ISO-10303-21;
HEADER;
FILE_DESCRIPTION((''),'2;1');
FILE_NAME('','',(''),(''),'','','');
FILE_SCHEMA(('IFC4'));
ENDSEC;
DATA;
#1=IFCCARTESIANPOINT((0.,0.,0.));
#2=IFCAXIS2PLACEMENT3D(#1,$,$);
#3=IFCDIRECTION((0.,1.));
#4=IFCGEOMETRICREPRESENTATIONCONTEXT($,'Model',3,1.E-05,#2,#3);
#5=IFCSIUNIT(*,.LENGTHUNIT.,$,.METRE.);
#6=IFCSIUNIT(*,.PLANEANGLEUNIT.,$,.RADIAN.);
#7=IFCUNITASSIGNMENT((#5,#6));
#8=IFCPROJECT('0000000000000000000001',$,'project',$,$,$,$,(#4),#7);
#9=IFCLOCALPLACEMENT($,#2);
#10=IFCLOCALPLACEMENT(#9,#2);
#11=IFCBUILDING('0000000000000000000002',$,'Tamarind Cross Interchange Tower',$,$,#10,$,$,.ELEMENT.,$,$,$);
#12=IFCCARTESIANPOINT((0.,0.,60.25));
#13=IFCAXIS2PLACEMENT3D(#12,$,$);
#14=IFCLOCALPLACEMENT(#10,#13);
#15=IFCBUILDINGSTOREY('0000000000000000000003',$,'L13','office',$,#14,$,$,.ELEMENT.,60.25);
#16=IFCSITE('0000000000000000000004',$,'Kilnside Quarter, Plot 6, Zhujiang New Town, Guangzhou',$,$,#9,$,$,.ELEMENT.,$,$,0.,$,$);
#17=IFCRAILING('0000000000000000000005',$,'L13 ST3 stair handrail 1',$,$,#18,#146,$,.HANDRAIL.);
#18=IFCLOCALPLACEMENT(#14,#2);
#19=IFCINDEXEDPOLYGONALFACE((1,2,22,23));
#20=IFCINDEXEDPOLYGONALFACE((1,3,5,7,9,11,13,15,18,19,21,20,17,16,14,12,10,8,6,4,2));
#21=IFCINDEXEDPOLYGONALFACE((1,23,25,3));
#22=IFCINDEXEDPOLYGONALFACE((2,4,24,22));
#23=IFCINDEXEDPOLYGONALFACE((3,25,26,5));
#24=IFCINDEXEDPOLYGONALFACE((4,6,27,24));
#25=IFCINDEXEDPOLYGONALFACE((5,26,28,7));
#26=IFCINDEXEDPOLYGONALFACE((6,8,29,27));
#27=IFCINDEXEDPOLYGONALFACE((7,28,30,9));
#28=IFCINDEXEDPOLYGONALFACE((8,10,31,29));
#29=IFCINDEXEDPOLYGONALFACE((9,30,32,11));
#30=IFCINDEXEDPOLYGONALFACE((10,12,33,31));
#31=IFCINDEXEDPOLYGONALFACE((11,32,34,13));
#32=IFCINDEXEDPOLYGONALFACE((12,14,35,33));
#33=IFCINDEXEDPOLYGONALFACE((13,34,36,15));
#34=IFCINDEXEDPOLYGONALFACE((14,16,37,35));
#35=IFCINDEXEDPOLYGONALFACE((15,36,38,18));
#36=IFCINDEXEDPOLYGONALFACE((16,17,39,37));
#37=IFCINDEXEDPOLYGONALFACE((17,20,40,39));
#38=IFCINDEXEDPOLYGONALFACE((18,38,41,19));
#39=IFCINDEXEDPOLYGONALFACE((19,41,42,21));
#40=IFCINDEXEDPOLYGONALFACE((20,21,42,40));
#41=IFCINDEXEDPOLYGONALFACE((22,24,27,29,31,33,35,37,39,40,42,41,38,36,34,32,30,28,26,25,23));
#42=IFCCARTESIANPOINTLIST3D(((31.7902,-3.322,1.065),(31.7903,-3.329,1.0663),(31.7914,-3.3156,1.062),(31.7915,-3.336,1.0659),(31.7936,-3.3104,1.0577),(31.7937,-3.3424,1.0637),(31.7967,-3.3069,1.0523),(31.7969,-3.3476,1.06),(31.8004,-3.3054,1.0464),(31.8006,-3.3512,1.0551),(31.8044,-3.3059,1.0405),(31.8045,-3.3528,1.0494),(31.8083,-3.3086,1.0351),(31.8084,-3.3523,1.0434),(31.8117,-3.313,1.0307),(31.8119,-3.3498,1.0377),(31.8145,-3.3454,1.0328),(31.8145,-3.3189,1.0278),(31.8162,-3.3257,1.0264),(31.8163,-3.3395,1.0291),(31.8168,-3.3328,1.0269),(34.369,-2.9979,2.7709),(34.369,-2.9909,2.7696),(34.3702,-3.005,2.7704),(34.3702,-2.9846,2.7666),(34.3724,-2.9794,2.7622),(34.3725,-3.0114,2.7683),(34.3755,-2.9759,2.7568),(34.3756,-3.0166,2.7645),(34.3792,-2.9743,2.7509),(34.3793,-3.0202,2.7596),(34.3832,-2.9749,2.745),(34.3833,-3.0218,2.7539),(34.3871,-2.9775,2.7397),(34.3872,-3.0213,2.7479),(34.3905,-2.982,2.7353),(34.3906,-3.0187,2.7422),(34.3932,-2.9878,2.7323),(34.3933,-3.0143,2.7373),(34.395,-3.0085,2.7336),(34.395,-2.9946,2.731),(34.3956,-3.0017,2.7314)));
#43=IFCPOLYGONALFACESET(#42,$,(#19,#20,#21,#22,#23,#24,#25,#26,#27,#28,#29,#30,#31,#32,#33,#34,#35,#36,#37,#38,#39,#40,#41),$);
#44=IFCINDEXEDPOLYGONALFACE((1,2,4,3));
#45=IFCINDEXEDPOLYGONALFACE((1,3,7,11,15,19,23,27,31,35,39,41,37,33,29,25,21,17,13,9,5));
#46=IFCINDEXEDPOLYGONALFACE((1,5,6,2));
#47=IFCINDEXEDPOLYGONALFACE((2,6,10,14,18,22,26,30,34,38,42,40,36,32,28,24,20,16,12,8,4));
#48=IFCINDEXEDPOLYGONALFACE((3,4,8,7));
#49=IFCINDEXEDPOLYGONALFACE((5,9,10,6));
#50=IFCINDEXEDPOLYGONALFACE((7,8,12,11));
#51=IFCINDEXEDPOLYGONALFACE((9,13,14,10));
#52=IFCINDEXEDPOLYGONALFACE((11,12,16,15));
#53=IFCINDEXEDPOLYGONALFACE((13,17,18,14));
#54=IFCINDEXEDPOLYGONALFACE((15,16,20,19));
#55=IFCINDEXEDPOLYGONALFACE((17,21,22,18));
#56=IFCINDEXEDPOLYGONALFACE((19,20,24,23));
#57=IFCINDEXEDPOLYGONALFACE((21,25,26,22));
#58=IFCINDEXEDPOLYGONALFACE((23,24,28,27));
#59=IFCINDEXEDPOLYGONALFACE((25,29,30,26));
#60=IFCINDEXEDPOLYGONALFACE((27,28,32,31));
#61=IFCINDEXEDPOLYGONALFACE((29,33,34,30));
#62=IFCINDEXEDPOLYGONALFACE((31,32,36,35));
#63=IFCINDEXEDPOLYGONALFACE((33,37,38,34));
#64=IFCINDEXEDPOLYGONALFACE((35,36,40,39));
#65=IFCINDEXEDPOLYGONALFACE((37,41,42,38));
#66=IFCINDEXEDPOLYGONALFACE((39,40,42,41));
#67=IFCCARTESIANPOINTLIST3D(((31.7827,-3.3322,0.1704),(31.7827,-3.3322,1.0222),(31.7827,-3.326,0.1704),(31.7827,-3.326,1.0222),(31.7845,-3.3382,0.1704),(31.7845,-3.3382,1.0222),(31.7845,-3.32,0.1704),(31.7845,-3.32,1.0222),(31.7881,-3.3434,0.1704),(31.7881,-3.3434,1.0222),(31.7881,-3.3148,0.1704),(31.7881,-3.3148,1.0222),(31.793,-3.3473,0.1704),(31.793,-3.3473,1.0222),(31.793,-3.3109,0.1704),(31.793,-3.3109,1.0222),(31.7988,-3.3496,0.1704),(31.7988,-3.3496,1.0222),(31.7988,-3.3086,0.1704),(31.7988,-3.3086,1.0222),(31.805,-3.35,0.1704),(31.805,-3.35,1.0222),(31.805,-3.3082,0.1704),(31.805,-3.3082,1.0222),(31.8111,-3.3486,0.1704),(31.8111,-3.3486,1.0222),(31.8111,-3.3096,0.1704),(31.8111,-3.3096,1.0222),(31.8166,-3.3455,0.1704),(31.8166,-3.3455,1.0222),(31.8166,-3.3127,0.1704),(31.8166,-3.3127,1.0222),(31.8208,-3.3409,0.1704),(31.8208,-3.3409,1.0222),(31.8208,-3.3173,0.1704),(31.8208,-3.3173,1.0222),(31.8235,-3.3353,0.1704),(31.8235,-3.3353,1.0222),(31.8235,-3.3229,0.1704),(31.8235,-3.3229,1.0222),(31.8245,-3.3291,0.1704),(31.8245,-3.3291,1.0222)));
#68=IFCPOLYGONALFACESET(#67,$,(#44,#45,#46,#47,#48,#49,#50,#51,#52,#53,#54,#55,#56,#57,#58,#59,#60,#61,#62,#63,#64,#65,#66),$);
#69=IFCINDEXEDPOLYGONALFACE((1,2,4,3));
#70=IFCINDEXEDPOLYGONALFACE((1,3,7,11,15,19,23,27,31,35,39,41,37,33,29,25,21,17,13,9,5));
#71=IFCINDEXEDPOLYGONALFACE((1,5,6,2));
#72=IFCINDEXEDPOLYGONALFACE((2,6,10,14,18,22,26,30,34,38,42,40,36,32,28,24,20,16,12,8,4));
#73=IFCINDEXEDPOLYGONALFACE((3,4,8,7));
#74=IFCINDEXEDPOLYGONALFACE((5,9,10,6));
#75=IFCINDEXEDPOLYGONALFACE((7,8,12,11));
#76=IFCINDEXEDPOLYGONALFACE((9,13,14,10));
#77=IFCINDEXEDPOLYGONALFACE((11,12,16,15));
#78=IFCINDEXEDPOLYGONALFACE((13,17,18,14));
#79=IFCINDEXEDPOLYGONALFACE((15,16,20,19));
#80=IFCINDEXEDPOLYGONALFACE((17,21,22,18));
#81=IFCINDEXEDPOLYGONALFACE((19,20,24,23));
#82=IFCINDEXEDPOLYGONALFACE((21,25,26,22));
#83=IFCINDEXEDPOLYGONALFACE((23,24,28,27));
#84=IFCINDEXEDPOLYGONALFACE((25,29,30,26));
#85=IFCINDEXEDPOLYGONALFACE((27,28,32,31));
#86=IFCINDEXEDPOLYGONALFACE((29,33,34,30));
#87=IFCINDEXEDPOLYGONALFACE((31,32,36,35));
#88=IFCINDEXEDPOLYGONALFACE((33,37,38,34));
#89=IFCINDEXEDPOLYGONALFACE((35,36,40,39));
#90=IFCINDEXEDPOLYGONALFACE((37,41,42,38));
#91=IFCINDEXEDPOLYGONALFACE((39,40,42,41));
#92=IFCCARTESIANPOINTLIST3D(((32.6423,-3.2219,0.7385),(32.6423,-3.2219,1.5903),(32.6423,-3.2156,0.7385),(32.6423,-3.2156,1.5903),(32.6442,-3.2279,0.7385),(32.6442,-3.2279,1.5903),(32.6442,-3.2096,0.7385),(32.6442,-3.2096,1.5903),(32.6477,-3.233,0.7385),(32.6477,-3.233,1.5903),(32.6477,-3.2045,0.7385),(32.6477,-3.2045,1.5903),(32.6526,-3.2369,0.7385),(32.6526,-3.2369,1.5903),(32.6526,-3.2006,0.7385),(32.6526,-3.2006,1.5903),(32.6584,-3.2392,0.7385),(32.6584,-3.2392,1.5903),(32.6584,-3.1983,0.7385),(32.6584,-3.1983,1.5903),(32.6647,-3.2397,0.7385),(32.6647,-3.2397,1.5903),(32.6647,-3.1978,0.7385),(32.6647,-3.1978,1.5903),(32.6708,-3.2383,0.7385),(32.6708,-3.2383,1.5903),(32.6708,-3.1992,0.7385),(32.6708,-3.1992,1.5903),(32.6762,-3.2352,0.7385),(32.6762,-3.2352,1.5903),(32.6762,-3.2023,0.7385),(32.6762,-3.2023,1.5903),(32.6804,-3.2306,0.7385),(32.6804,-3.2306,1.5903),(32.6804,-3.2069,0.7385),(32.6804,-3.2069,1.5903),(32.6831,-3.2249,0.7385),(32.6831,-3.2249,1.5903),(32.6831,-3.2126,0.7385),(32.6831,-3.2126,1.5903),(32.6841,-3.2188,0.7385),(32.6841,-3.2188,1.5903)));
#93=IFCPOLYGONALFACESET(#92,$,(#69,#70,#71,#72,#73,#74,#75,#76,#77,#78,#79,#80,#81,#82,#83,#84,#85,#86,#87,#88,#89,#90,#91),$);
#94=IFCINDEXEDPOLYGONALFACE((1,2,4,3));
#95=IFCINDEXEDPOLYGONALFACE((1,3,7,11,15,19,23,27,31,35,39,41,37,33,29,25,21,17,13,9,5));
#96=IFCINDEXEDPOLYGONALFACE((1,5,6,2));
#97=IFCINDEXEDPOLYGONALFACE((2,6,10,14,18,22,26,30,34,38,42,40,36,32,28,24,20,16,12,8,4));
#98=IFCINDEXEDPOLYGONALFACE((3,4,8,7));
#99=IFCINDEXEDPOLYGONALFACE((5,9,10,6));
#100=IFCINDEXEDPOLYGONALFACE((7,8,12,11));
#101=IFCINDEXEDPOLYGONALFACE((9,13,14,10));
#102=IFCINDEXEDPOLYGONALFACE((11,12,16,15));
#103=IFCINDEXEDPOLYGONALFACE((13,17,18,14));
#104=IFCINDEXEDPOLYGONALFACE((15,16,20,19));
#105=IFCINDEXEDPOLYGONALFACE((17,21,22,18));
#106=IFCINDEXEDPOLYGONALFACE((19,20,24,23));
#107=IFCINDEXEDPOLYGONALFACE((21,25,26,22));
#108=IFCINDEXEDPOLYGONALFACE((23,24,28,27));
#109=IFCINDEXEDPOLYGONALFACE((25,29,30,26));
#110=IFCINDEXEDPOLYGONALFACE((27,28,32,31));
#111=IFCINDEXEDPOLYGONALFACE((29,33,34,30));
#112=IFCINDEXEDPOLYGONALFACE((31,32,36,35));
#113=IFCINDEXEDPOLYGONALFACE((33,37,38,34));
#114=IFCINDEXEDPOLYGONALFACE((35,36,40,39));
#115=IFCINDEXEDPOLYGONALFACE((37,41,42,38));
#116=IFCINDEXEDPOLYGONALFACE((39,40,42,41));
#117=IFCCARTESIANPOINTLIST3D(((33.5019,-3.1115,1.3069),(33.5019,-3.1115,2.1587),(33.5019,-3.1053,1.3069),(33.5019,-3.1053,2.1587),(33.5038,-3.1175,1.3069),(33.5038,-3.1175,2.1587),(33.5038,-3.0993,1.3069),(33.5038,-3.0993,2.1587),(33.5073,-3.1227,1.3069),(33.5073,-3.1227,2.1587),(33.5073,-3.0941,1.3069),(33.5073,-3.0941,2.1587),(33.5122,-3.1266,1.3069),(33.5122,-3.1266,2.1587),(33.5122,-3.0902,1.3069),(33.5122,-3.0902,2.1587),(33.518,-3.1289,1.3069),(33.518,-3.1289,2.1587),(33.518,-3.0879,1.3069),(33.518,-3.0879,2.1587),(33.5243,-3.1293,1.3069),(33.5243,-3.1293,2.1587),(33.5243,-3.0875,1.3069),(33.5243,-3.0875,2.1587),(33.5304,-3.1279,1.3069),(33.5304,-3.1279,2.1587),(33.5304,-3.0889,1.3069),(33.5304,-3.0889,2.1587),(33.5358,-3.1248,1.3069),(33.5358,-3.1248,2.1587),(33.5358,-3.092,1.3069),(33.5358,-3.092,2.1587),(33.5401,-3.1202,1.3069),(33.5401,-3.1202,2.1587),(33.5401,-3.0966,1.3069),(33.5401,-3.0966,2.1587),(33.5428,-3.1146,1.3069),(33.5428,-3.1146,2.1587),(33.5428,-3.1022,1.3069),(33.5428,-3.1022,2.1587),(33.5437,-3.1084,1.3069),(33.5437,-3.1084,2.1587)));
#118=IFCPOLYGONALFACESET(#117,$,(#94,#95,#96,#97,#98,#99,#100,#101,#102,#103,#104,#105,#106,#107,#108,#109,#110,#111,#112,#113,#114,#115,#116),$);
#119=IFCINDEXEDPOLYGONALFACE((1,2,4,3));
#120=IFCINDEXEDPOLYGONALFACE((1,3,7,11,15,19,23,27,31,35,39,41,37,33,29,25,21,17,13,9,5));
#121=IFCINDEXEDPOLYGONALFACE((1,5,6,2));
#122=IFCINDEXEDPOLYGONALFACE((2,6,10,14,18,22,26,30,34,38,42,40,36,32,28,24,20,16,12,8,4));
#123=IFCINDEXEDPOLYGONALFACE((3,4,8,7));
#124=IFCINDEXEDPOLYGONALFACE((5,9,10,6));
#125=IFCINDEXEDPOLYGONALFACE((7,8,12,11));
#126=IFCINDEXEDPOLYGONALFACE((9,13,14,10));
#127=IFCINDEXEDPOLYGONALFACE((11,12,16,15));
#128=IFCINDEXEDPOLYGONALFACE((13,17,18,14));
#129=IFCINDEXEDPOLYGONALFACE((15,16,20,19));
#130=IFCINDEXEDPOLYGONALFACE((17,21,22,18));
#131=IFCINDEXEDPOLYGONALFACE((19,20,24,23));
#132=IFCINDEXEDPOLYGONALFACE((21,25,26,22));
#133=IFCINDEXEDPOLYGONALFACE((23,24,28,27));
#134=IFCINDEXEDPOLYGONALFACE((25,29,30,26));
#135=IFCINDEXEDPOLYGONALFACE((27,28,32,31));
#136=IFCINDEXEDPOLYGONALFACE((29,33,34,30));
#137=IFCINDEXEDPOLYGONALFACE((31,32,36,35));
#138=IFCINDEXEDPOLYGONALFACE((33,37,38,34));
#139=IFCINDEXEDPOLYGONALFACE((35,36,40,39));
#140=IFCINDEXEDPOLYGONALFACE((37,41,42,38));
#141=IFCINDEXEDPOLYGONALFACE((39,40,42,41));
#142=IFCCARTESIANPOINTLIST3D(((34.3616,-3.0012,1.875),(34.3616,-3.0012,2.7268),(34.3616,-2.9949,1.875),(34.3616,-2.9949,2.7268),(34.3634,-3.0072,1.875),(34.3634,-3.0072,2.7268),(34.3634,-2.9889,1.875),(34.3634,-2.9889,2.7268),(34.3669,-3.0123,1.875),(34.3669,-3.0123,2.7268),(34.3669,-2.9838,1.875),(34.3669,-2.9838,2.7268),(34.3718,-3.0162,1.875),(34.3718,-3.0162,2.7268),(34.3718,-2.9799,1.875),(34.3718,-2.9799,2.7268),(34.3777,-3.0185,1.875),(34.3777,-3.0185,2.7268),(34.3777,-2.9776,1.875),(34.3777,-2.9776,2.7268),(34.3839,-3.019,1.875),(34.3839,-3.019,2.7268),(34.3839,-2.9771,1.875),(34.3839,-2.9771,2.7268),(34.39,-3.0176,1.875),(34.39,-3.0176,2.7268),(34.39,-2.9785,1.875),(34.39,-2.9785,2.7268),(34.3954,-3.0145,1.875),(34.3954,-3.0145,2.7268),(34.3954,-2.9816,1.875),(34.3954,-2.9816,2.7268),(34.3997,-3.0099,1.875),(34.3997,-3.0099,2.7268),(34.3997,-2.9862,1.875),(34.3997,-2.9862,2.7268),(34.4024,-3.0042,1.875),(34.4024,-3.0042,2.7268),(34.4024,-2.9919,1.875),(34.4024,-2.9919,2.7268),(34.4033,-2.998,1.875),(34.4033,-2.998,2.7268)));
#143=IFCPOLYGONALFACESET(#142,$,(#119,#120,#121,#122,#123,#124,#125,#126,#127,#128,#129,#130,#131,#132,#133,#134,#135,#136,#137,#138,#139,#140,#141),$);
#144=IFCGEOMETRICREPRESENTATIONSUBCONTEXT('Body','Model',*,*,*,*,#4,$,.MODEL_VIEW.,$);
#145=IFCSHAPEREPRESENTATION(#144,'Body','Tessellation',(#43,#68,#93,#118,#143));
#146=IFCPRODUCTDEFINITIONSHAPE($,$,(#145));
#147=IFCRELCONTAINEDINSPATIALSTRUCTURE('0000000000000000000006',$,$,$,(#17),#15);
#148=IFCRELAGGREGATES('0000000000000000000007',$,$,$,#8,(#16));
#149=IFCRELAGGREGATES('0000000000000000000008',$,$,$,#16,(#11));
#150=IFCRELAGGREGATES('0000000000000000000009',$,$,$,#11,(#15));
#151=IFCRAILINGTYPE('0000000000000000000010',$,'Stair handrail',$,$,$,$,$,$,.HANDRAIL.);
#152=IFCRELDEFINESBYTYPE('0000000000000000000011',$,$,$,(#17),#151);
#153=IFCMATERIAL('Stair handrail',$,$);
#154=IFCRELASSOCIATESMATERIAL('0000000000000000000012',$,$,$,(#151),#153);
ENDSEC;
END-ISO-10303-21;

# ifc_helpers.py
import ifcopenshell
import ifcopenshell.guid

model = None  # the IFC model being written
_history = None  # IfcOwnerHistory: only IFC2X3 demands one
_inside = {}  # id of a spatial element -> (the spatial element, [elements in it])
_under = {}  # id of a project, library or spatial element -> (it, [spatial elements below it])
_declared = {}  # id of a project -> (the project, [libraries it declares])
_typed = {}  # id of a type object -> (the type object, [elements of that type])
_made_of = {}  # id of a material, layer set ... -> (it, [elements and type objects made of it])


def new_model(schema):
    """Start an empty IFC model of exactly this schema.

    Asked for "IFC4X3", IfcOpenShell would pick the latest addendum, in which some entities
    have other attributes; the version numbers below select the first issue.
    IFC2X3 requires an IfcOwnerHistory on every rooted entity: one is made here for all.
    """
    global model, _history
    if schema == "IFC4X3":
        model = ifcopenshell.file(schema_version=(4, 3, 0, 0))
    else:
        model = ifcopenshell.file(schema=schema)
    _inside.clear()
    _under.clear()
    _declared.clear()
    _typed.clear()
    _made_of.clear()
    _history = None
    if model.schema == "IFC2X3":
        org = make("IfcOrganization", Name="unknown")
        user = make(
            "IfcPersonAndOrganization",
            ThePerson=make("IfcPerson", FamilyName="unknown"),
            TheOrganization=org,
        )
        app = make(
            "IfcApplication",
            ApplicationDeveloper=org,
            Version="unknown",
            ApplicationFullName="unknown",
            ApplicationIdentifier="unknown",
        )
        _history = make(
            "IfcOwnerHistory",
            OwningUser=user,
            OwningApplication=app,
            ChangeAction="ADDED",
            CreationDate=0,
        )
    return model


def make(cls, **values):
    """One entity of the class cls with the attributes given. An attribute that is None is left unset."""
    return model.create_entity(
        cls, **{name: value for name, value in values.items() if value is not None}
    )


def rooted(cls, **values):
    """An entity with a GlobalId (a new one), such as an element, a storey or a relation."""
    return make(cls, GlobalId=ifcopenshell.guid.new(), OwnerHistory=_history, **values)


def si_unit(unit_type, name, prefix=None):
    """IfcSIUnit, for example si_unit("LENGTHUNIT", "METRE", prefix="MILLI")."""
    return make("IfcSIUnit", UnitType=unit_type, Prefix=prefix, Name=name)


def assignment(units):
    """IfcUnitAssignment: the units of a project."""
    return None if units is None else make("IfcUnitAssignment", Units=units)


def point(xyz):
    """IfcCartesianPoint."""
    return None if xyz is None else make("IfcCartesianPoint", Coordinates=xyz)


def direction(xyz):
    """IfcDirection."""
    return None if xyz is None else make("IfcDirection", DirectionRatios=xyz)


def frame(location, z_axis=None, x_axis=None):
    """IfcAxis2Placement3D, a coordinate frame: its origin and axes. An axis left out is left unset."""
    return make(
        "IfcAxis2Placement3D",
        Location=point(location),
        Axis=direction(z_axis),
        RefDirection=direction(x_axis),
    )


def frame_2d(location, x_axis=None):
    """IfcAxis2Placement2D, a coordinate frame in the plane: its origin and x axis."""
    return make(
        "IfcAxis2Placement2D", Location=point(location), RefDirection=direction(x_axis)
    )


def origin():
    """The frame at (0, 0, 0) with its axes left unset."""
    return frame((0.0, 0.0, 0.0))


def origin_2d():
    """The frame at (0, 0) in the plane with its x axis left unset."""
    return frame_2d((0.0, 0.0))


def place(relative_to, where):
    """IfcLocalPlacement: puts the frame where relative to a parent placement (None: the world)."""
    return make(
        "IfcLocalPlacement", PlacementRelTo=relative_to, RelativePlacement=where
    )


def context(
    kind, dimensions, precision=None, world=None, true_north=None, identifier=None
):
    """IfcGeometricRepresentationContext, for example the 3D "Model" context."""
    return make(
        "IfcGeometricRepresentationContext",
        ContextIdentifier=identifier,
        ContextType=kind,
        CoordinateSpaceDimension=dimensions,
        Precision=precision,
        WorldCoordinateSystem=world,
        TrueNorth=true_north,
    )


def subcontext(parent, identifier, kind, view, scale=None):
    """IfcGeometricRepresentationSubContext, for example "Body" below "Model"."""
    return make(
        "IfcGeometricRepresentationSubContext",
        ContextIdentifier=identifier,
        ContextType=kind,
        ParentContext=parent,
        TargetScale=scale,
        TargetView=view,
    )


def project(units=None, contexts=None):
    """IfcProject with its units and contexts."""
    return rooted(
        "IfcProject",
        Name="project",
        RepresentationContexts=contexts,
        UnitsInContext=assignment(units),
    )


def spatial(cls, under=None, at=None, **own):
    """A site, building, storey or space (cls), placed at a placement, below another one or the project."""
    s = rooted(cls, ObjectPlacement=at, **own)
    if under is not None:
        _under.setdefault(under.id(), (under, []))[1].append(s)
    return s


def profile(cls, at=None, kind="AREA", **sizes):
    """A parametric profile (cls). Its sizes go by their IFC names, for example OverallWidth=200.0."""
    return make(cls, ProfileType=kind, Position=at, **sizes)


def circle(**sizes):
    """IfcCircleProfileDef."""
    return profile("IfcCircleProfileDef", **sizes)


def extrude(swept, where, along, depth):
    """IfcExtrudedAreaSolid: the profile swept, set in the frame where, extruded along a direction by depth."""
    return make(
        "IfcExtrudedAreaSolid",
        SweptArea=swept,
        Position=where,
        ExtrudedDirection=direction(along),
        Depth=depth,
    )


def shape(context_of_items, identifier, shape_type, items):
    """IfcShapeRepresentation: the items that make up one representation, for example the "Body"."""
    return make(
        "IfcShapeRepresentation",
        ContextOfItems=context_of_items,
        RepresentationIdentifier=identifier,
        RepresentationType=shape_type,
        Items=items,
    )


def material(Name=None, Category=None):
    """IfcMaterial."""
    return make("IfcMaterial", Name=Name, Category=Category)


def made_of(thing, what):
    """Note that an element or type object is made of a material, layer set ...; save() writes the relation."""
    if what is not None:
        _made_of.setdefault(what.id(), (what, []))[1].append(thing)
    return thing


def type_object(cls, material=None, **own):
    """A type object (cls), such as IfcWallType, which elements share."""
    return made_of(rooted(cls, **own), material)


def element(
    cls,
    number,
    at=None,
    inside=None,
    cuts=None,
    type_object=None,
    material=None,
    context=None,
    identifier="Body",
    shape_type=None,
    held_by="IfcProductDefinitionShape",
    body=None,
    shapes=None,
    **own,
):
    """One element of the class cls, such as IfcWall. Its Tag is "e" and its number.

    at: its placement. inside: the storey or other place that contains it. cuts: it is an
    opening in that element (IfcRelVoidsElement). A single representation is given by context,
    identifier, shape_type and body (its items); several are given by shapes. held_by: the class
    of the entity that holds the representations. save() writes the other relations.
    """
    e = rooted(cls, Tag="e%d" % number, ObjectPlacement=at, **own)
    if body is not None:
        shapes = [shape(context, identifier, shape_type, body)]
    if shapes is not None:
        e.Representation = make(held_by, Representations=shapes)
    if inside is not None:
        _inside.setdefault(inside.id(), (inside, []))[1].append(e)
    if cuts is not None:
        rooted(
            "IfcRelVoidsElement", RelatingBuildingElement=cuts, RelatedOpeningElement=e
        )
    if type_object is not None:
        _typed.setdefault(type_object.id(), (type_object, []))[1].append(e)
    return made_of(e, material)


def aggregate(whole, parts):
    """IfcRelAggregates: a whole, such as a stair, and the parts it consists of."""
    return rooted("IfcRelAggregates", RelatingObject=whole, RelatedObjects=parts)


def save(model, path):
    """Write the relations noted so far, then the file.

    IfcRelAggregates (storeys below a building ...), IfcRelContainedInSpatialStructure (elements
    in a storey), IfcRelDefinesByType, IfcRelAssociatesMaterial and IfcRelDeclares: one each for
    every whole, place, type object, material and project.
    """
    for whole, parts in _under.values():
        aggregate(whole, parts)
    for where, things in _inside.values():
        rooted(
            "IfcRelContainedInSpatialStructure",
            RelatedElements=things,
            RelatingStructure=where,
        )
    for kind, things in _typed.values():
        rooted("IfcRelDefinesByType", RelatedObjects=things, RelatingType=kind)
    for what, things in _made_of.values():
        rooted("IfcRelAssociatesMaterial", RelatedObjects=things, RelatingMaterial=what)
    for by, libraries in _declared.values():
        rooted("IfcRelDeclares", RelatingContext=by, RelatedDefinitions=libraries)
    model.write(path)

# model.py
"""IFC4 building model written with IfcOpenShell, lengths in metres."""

from ifc_helpers import new_model, si_unit, direction, frame, origin, origin_2d, place, context, subcontext, project, spatial, circle, extrude, material, type_object, element, save


model = new_model("IFC4")

# Units and contexts
model_context = context("Model", 3, precision=1e-05, world=origin(), true_north=direction((0.0, 1.0)))
body_context = subcontext(model_context, "Body", "Model", "MODEL_VIEW")
ifc_project = project(units=[si_unit("LENGTHUNIT", "METRE"), si_unit("PLANEANGLEUNIT", "RADIAN")], contexts=[model_context])

# Site, building, storey
site_placement = place(None, origin())
site = spatial("IfcSite", under=ifc_project, at=site_placement, Name="Kilnside Quarter, Plot 6, Zhujiang New Town, Guangzhou", CompositionType="ELEMENT", RefElevation=0.0)
building_placement = place(site_placement, origin())
building = spatial("IfcBuilding", under=site, at=building_placement, Name="Tamarind Cross Interchange Tower", CompositionType="ELEMENT")
storey_placement = place(building_placement, frame((0.0, 0.0, 60.25)))
storey = spatial("IfcBuildingStorey", under=building, at=storey_placement, Name="L13", Description="office", CompositionType="ELEMENT", Elevation=60.25)

# Railing
ifc_material_1 = material(Name="Stair handrail")
railing_type_1 = type_object("IfcRailingType", Name="Stair handrail", PredefinedType="HANDRAIL", material=ifc_material_1)
railing_1_placement = place(storey_placement, frame((31.8035, -3.3291, 0.1704)))
element("IfcRailing", 1, at=railing_1_placement, inside=storey, type_object=railing_type_1, Name="L13 ST3 stair handrail 1", PredefinedType="HANDRAIL", context=body_context, shape_type="SweptSolid", body=[
    extrude(circle(Radius=0.0239, at=origin_2d()), frame((0.0, 0.0, 0.876), z_axis=(0.829488, 0.106484, 0.54828), x_axis=(-0.127328, 0.991861, 0.0)), (0.0, 0.0, 1.0), 3.1089),
    extrude(circle(Radius=0.021, at=origin_2d()), origin(), (0.0, 0.0, 1.0), 0.8518),
    extrude(circle(Radius=0.021, at=origin_2d()), frame((0.8596, 0.1104, 0.5681)), (0.0, 0.0, 1.0), 0.8518),
    extrude(circle(Radius=0.021, at=origin_2d()), frame((1.7192, 0.2207, 1.1365)), (0.0, 0.0, 1.0), 0.8518),
    extrude(circle(Radius=0.021, at=origin_2d()), frame((2.5789, 0.3311, 1.7046)), (0.0, 0.0, 1.0), 0.8518),
])

save(model, "model.ifc")
